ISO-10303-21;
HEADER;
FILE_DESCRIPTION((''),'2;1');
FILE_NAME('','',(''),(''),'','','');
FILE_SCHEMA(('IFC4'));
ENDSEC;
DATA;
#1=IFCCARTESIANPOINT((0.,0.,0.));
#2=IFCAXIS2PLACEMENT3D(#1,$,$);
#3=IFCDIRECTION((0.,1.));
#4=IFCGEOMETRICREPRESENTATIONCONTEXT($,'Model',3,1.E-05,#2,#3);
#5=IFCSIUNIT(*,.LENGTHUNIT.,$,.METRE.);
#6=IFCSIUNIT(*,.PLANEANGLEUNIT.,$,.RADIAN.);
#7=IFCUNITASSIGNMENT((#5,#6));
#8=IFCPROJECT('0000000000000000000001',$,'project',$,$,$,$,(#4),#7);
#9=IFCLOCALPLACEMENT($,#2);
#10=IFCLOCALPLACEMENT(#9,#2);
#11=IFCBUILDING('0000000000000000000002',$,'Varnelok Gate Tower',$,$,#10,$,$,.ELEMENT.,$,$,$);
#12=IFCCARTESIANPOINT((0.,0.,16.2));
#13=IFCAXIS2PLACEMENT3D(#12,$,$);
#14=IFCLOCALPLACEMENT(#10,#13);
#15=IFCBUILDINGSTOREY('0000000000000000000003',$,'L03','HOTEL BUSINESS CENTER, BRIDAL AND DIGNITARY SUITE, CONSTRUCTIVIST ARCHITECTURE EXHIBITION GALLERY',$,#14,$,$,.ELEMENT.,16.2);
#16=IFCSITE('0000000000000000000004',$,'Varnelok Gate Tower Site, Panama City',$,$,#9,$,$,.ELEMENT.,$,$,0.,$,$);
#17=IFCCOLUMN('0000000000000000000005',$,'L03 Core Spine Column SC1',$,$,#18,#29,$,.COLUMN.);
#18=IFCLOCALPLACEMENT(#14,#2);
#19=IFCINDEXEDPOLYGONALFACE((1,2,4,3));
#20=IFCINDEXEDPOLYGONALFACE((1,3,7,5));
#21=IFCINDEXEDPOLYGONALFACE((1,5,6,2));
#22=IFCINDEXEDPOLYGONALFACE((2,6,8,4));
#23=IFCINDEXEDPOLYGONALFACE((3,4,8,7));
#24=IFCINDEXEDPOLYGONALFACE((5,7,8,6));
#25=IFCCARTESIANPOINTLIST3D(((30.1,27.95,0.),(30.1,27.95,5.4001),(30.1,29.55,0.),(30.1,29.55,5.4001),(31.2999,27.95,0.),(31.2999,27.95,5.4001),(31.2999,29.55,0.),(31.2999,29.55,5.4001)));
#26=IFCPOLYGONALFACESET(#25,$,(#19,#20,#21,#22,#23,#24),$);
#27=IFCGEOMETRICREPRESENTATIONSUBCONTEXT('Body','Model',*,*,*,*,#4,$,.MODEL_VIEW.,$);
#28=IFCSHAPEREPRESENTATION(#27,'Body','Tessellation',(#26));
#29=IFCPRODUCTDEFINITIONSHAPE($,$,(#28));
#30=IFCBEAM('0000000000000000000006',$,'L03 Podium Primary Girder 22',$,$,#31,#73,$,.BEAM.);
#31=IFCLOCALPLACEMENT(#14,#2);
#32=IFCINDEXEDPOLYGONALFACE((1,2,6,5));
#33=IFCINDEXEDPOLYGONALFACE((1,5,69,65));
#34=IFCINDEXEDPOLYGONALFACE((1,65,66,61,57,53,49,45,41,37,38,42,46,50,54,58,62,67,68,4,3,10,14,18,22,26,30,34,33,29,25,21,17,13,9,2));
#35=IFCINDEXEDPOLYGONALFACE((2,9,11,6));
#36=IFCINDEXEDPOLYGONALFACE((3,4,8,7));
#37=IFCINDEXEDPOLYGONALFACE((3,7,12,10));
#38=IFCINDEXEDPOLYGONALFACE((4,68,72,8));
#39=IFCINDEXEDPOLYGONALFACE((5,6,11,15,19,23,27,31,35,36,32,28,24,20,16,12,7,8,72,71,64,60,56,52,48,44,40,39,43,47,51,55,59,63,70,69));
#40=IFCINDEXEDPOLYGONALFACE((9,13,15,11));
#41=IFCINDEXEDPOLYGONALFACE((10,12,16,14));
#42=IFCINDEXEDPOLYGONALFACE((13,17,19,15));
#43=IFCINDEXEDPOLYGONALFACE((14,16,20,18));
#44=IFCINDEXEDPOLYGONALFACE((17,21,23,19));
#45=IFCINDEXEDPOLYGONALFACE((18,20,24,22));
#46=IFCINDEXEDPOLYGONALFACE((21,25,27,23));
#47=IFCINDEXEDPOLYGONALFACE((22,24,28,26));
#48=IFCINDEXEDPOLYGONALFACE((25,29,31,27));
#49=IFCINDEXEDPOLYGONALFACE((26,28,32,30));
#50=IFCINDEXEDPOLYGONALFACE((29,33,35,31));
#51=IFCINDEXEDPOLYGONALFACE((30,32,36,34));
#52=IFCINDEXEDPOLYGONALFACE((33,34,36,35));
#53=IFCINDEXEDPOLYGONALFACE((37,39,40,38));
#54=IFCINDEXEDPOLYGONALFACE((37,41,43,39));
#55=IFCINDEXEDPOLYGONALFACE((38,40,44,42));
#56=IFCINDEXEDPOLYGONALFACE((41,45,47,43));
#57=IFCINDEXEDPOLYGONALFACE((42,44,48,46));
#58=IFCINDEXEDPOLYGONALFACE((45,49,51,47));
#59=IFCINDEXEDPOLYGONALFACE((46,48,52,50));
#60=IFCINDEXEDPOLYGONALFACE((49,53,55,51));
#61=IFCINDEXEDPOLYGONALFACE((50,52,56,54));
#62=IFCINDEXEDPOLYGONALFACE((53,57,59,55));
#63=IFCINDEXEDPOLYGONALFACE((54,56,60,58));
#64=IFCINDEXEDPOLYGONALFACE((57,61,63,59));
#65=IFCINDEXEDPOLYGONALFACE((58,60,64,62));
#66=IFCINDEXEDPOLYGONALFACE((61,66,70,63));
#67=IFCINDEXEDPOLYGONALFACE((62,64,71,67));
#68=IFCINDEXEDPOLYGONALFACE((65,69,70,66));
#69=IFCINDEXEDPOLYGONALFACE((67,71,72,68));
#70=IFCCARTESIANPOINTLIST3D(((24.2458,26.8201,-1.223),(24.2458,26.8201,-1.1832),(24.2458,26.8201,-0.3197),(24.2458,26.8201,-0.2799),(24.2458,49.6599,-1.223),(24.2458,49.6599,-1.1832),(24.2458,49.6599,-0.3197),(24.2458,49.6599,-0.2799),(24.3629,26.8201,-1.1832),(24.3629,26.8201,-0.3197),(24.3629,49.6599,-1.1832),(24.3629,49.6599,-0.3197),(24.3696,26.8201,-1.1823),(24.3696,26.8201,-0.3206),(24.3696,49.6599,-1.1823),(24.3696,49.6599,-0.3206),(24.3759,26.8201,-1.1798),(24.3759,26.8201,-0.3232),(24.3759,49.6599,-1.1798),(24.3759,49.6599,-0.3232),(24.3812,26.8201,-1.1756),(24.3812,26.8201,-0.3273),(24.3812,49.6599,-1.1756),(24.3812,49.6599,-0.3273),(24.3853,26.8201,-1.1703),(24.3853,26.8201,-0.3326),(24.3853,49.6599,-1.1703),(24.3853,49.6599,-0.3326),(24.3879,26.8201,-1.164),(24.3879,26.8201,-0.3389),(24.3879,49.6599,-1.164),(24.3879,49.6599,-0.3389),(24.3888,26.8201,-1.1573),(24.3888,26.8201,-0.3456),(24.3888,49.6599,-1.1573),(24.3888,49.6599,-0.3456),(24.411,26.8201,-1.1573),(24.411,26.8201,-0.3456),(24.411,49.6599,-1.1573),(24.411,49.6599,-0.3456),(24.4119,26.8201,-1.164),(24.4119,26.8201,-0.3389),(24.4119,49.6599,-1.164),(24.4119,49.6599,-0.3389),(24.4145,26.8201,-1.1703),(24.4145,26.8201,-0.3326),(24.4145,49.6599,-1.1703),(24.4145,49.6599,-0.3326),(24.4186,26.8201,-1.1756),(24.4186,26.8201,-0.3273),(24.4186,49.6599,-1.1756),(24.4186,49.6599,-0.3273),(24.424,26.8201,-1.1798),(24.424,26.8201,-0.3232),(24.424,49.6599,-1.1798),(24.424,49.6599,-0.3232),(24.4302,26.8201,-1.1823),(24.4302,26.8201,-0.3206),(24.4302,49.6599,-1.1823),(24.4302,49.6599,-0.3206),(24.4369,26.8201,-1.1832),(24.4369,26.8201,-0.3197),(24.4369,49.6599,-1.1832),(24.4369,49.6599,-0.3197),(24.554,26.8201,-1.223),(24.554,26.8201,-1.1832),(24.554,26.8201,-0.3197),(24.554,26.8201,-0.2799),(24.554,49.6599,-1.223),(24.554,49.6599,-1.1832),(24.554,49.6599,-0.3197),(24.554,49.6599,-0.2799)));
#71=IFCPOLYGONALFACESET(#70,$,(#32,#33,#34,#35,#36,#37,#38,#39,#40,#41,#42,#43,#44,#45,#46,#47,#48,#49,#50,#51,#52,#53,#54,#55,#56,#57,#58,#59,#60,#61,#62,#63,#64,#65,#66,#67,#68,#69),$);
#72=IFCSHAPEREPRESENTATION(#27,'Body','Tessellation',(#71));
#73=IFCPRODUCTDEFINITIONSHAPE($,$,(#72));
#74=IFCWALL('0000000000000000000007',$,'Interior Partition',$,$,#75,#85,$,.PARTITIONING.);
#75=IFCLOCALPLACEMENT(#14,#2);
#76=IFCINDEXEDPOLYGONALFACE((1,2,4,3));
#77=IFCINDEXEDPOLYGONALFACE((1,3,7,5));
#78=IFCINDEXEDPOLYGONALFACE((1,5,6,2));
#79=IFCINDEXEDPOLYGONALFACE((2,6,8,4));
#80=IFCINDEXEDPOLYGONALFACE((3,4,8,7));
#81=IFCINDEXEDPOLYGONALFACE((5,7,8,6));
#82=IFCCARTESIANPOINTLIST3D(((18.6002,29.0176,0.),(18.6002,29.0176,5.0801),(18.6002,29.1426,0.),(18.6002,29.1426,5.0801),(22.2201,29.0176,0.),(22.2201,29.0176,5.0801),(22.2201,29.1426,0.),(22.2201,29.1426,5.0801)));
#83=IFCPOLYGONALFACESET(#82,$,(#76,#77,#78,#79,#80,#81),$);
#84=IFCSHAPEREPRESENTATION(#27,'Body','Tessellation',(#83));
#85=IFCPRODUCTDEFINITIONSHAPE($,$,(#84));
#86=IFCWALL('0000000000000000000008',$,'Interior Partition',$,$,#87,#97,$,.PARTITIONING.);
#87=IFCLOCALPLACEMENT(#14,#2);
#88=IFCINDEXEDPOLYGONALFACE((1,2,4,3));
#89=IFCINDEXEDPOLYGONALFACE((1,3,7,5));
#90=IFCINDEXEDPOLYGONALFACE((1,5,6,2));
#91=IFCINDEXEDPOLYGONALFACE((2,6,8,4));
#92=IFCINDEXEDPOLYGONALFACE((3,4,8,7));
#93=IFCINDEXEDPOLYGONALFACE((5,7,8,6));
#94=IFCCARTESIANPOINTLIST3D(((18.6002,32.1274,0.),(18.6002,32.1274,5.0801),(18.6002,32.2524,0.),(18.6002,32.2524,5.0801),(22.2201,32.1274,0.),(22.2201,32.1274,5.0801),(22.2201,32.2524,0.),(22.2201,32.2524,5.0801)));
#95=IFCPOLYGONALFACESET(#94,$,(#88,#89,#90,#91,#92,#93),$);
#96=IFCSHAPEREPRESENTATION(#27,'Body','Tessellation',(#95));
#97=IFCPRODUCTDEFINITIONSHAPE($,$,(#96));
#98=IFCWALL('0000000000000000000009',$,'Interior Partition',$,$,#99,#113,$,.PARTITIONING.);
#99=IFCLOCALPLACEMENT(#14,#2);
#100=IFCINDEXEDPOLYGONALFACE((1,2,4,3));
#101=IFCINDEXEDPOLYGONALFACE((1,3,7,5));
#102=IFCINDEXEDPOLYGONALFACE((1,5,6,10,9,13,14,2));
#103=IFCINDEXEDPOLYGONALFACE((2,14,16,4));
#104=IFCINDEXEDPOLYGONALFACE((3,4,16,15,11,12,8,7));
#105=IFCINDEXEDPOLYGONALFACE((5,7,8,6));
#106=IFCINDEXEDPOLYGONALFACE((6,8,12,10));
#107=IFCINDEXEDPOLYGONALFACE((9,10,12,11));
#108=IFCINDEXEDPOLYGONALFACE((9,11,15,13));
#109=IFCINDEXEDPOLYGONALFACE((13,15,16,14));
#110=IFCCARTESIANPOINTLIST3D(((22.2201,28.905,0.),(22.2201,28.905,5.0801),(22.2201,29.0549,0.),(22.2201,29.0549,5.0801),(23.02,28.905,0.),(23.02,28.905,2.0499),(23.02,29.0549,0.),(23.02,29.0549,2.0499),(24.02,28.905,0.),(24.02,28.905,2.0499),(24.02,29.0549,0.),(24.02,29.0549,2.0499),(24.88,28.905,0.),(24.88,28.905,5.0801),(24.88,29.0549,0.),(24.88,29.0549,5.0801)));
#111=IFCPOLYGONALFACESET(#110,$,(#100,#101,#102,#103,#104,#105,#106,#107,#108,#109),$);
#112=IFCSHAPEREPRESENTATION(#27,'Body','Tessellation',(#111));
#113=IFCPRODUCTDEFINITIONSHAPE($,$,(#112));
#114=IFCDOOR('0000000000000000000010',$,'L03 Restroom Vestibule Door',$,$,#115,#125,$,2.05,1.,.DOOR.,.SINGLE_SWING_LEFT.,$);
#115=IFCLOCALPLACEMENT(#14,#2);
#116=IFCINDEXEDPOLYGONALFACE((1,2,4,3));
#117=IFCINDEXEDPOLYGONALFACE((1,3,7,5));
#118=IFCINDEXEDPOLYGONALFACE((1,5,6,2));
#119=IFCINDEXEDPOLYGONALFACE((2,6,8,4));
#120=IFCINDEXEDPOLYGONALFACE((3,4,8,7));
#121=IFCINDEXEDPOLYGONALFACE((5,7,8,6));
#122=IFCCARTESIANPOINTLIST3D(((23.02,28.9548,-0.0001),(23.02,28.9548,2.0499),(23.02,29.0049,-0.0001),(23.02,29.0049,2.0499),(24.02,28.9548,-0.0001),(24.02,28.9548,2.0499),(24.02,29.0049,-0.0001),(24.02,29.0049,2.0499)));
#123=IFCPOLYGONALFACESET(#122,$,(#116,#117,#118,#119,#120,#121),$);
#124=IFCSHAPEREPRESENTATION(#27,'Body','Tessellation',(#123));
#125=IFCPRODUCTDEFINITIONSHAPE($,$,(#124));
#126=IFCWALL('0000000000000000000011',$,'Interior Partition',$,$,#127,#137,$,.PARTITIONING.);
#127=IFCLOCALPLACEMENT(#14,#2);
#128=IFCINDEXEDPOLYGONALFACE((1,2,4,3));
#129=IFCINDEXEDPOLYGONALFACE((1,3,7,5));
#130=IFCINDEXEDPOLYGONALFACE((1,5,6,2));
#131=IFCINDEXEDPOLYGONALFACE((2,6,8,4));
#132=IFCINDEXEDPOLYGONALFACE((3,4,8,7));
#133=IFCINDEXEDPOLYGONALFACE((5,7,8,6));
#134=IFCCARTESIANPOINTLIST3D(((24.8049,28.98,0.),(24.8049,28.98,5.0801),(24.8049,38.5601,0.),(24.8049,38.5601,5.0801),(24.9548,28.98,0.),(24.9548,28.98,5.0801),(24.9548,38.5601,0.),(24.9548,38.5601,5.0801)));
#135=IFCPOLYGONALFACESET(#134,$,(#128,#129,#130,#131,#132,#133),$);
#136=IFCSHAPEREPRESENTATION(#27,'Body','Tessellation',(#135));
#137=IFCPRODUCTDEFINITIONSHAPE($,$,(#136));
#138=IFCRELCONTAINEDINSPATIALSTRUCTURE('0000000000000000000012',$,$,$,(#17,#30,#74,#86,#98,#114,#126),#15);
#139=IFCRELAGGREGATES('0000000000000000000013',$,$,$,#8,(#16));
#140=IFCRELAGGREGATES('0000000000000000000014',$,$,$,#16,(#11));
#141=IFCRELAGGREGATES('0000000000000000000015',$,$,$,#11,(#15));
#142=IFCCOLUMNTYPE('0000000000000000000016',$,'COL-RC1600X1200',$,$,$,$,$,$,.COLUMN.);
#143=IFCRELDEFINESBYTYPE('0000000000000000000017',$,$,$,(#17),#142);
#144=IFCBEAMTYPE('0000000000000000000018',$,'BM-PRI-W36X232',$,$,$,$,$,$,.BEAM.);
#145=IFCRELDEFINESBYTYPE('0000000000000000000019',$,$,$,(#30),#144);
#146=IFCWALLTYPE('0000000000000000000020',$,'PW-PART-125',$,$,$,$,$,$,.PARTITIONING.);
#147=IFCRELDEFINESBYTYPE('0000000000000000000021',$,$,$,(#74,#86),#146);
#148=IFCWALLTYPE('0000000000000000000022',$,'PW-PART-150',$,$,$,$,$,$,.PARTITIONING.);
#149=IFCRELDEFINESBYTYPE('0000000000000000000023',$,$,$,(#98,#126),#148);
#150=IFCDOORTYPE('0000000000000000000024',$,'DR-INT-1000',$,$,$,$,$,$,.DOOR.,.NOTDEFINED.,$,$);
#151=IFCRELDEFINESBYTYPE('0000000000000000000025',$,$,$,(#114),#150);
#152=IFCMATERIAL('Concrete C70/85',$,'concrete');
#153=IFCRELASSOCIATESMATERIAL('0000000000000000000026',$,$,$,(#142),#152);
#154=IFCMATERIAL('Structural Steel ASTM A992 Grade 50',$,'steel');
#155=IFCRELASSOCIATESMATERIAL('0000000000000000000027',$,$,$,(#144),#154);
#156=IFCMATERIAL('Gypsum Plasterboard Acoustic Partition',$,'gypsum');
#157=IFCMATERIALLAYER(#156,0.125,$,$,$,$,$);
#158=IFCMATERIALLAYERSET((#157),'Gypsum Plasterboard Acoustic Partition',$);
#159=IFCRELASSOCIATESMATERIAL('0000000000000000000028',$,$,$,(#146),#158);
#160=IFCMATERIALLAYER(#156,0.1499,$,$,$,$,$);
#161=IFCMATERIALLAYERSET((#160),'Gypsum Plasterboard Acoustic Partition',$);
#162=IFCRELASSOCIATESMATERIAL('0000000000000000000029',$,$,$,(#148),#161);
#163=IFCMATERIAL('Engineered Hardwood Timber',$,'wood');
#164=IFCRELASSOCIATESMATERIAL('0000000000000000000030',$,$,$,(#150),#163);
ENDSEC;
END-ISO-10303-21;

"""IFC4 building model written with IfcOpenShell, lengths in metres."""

from ifc_helpers import new_model, si_unit, direction, frame, frame_2d, origin, origin_2d, place, context, subcontext, project, spatial, rectangle, i_section, extrude, material, layer, layer_set, material_profile, profile_set, type_object, element, fill, save


model = new_model("IFC4")

# Units and contexts
model_context = context("Model", 3, precision=1e-05, world=origin(), true_north=direction((0.0, 1.0)))
body_context = subcontext(model_context, "Body", "Model", "MODEL_VIEW")
ifc_project = project(units=[si_unit("LENGTHUNIT", "METRE"), si_unit("PLANEANGLEUNIT", "RADIAN")], contexts=[model_context])

# Site, building, storey
site_placement = place(None, origin())
site = spatial("IfcSite", under=ifc_project, at=site_placement, Name="Varnelok Gate Tower Site, Panama City", CompositionType="ELEMENT", RefElevation=0.0)
building_placement = place(site_placement, origin())
building = spatial("IfcBuilding", under=site, at=building_placement, Name="Varnelok Gate Tower", CompositionType="ELEMENT")
storey_placement = place(building_placement, frame((0.0, 0.0, 16.2)))
storey = spatial("IfcBuildingStorey", under=building, at=storey_placement, Name="L03", Description="HOTEL BUSINESS CENTER, BRIDAL AND DIGNITARY SUITE, CONSTRUCTIVIST ARCHITECTURE EXHIBITION GALLERY", CompositionType="ELEMENT", Elevation=16.2)

# Column
ifc_material_1 = material(Name="Concrete C70/85", Category="concrete")
ifc_material_profile_1 = material_profile(ifc_material_1, rectangle(XDim=1.2, YDim=1.6001, at=origin_2d()), Name="RC1600X1200")
ifc_profile_set_1 = profile_set([ifc_material_profile_1], Name="Concrete C70/85")
column_type = type_object("IfcColumnType", Name="COL-RC1600X1200", PredefinedType="COLUMN", material=ifc_profile_set_1)
column_placement = place(storey_placement, frame((30.7, 28.75, 0.0), z_axis=(0.0, 0.0, 1.0), x_axis=(1.0, 0.0, 0.0)))
element("IfcColumn", 1, at=column_placement, inside=storey, type_object=column_type, Name="L03 Core Spine Column SC1", PredefinedType="COLUMN", context=body_context, shape_type="SweptSolid", body=[
    extrude(rectangle(XDim=1.2, YDim=1.6001, at=origin_2d()), origin(), (0.0, 0.0, 1.0), 5.4001),
])

# Beam
ifc_material_2 = material(Name="Structural Steel ASTM A992 Grade 50", Category="steel")
ifc_material_profile_2 = material_profile(ifc_material_2, i_section(OverallWidth=0.3081, OverallDepth=0.9431, WebThickness=0.0222, FlangeThickness=0.0398, FilletRadius=0.0259, at=origin_2d()), Name="W36X232")
ifc_profile_set_2 = profile_set([ifc_material_profile_2], Name="Structural Steel ASTM A992 Grade 50")
beam_type = type_object("IfcBeamType", Name="BM-PRI-W36X232", PredefinedType="BEAM", material=ifc_profile_set_2)
beam_placement = place(storey_placement, frame((24.3999, 26.8201, -0.7515), z_axis=(0.0, 1.0, 0.0), x_axis=(-1.0, 0.0, 0.0)))
element("IfcBeam", 2, at=beam_placement, inside=storey, type_object=beam_type, Name="L03 Podium Primary Girder 22", PredefinedType="BEAM", context=body_context, shape_type="SweptSolid", body=[
    extrude(i_section(OverallWidth=0.3081, OverallDepth=0.9431, WebThickness=0.0222, FlangeThickness=0.0398, FilletRadius=0.0259, at=origin_2d()), origin(), (0.0, 0.0, 1.0), 22.8398),
])

# Walls
ifc_material_3 = material(Name="Gypsum Plasterboard Acoustic Partition", Category="gypsum")
ifc_layer_1 = layer(ifc_material_3, 0.125)
ifc_layer_set_1 = layer_set([ifc_layer_1], Name="Gypsum Plasterboard Acoustic Partition")
wall_type_1 = type_object("IfcWallType", Name="PW-PART-125", PredefinedType="PARTITIONING", material=ifc_layer_set_1)
for number, where, z_axis, x_axis, name in (
    (3, (18.6001, 29.0801, 0.0), (0.0, 0.0, 1.0), (1.0, 0.0, 0.0), "Interior Partition"),
    (4, (18.6001, 32.1899, 0.0), (0.0, 0.0, 1.0), (1.0, 0.0, 0.0), "Interior Partition"),
):
    element("IfcWall", number, at=place(storey_placement, frame(where, z_axis=z_axis, x_axis=x_axis)), inside=storey, type_object=wall_type_1, Name=name, PredefinedType="PARTITIONING", context=body_context, shape_type="SweptSolid", body=[
        extrude(rectangle(XDim=3.6199, YDim=0.125, at=frame_2d((1.8101, 0.0))), origin(), (0.0, 0.0, 1.0), 5.0801),
    ])

# Wall, opening, door
ifc_layer_2 = layer(ifc_material_3, 0.1499)
ifc_layer_set_2 = layer_set([ifc_layer_2], Name="Gypsum Plasterboard Acoustic Partition")
wall_type_2 = type_object("IfcWallType", Name="PW-PART-150", PredefinedType="PARTITIONING", material=ifc_layer_set_2)
wall_1_placement = place(storey_placement, frame((22.22, 28.98, 0.0), z_axis=(0.0, 0.0, 1.0), x_axis=(1.0, 0.0, 0.0)))
wall_1 = element("IfcWall", 5, at=wall_1_placement, inside=storey, type_object=wall_type_2, Name="Interior Partition", PredefinedType="PARTITIONING", context=body_context, shape_type="SweptSolid", body=[
    extrude(rectangle(XDim=2.6599, YDim=0.1499, at=frame_2d((1.3301, 0.0))), origin(), (0.0, 0.0, 1.0), 5.0801),
])
opening_1_placement = place(wall_1_placement, frame((0.8, 0.0, 0.0)))
opening_1 = element("IfcOpeningElement", 6, at=opening_1_placement, cuts=wall_1, PredefinedType="OPENING", context=body_context, shape_type="SweptSolid", body=[
    extrude(rectangle(XDim=1.0, YDim=2.05, at=frame_2d((0.5, 1.0249))), frame((0.0, 0.085, 0.0), z_axis=(0.0, -1.0, 0.0), x_axis=(1.0, 0.0, 0.0)), (0.0, 0.0, 1.0), 0.1699),
])
ifc_material_4 = material(Name="Engineered Hardwood Timber", Category="wood")
door_type_1 = type_object("IfcDoorType", Name="DR-INT-1000", OperationType="NOTDEFINED", PredefinedType="DOOR", material=ifc_material_4)
door_1_placement = place(opening_1_placement, origin())
door_1 = element("IfcDoor", 7, at=door_1_placement, inside=storey, type_object=door_type_1, Name="L03 Restroom Vestibule Door", OperationType="SINGLE_SWING_LEFT", OverallHeight=2.05, OverallWidth=1.0, PredefinedType="DOOR", context=body_context, shape_type="SweptSolid", body=[
    extrude(rectangle(XDim=1.0, YDim=2.05, at=frame_2d((0.5, 1.0249))), frame((0.0, 0.0249, 0.0), z_axis=(0.0, -1.0, 0.0), x_axis=(1.0, 0.0, 0.0)), (0.0, 0.0, 1.0), 0.05),
])
fill(opening_1, door_1)

# Wall
wall_2_placement = place(storey_placement, frame((24.8799, 28.98, 0.0), z_axis=(0.0, 0.0, 1.0), x_axis=(0.0, 1.0, 0.0)))
element("IfcWall", 8, at=wall_2_placement, inside=storey, type_object=wall_type_2, Name="Interior Partition", PredefinedType="PARTITIONING", context=body_context, shape_type="SweptSolid", body=[
    extrude(rectangle(XDim=9.5801, YDim=0.1499, at=frame_2d((4.79, 0.0))), origin(), (0.0, 0.0, 1.0), 5.0801),
])

save(model, "model.ifc")
